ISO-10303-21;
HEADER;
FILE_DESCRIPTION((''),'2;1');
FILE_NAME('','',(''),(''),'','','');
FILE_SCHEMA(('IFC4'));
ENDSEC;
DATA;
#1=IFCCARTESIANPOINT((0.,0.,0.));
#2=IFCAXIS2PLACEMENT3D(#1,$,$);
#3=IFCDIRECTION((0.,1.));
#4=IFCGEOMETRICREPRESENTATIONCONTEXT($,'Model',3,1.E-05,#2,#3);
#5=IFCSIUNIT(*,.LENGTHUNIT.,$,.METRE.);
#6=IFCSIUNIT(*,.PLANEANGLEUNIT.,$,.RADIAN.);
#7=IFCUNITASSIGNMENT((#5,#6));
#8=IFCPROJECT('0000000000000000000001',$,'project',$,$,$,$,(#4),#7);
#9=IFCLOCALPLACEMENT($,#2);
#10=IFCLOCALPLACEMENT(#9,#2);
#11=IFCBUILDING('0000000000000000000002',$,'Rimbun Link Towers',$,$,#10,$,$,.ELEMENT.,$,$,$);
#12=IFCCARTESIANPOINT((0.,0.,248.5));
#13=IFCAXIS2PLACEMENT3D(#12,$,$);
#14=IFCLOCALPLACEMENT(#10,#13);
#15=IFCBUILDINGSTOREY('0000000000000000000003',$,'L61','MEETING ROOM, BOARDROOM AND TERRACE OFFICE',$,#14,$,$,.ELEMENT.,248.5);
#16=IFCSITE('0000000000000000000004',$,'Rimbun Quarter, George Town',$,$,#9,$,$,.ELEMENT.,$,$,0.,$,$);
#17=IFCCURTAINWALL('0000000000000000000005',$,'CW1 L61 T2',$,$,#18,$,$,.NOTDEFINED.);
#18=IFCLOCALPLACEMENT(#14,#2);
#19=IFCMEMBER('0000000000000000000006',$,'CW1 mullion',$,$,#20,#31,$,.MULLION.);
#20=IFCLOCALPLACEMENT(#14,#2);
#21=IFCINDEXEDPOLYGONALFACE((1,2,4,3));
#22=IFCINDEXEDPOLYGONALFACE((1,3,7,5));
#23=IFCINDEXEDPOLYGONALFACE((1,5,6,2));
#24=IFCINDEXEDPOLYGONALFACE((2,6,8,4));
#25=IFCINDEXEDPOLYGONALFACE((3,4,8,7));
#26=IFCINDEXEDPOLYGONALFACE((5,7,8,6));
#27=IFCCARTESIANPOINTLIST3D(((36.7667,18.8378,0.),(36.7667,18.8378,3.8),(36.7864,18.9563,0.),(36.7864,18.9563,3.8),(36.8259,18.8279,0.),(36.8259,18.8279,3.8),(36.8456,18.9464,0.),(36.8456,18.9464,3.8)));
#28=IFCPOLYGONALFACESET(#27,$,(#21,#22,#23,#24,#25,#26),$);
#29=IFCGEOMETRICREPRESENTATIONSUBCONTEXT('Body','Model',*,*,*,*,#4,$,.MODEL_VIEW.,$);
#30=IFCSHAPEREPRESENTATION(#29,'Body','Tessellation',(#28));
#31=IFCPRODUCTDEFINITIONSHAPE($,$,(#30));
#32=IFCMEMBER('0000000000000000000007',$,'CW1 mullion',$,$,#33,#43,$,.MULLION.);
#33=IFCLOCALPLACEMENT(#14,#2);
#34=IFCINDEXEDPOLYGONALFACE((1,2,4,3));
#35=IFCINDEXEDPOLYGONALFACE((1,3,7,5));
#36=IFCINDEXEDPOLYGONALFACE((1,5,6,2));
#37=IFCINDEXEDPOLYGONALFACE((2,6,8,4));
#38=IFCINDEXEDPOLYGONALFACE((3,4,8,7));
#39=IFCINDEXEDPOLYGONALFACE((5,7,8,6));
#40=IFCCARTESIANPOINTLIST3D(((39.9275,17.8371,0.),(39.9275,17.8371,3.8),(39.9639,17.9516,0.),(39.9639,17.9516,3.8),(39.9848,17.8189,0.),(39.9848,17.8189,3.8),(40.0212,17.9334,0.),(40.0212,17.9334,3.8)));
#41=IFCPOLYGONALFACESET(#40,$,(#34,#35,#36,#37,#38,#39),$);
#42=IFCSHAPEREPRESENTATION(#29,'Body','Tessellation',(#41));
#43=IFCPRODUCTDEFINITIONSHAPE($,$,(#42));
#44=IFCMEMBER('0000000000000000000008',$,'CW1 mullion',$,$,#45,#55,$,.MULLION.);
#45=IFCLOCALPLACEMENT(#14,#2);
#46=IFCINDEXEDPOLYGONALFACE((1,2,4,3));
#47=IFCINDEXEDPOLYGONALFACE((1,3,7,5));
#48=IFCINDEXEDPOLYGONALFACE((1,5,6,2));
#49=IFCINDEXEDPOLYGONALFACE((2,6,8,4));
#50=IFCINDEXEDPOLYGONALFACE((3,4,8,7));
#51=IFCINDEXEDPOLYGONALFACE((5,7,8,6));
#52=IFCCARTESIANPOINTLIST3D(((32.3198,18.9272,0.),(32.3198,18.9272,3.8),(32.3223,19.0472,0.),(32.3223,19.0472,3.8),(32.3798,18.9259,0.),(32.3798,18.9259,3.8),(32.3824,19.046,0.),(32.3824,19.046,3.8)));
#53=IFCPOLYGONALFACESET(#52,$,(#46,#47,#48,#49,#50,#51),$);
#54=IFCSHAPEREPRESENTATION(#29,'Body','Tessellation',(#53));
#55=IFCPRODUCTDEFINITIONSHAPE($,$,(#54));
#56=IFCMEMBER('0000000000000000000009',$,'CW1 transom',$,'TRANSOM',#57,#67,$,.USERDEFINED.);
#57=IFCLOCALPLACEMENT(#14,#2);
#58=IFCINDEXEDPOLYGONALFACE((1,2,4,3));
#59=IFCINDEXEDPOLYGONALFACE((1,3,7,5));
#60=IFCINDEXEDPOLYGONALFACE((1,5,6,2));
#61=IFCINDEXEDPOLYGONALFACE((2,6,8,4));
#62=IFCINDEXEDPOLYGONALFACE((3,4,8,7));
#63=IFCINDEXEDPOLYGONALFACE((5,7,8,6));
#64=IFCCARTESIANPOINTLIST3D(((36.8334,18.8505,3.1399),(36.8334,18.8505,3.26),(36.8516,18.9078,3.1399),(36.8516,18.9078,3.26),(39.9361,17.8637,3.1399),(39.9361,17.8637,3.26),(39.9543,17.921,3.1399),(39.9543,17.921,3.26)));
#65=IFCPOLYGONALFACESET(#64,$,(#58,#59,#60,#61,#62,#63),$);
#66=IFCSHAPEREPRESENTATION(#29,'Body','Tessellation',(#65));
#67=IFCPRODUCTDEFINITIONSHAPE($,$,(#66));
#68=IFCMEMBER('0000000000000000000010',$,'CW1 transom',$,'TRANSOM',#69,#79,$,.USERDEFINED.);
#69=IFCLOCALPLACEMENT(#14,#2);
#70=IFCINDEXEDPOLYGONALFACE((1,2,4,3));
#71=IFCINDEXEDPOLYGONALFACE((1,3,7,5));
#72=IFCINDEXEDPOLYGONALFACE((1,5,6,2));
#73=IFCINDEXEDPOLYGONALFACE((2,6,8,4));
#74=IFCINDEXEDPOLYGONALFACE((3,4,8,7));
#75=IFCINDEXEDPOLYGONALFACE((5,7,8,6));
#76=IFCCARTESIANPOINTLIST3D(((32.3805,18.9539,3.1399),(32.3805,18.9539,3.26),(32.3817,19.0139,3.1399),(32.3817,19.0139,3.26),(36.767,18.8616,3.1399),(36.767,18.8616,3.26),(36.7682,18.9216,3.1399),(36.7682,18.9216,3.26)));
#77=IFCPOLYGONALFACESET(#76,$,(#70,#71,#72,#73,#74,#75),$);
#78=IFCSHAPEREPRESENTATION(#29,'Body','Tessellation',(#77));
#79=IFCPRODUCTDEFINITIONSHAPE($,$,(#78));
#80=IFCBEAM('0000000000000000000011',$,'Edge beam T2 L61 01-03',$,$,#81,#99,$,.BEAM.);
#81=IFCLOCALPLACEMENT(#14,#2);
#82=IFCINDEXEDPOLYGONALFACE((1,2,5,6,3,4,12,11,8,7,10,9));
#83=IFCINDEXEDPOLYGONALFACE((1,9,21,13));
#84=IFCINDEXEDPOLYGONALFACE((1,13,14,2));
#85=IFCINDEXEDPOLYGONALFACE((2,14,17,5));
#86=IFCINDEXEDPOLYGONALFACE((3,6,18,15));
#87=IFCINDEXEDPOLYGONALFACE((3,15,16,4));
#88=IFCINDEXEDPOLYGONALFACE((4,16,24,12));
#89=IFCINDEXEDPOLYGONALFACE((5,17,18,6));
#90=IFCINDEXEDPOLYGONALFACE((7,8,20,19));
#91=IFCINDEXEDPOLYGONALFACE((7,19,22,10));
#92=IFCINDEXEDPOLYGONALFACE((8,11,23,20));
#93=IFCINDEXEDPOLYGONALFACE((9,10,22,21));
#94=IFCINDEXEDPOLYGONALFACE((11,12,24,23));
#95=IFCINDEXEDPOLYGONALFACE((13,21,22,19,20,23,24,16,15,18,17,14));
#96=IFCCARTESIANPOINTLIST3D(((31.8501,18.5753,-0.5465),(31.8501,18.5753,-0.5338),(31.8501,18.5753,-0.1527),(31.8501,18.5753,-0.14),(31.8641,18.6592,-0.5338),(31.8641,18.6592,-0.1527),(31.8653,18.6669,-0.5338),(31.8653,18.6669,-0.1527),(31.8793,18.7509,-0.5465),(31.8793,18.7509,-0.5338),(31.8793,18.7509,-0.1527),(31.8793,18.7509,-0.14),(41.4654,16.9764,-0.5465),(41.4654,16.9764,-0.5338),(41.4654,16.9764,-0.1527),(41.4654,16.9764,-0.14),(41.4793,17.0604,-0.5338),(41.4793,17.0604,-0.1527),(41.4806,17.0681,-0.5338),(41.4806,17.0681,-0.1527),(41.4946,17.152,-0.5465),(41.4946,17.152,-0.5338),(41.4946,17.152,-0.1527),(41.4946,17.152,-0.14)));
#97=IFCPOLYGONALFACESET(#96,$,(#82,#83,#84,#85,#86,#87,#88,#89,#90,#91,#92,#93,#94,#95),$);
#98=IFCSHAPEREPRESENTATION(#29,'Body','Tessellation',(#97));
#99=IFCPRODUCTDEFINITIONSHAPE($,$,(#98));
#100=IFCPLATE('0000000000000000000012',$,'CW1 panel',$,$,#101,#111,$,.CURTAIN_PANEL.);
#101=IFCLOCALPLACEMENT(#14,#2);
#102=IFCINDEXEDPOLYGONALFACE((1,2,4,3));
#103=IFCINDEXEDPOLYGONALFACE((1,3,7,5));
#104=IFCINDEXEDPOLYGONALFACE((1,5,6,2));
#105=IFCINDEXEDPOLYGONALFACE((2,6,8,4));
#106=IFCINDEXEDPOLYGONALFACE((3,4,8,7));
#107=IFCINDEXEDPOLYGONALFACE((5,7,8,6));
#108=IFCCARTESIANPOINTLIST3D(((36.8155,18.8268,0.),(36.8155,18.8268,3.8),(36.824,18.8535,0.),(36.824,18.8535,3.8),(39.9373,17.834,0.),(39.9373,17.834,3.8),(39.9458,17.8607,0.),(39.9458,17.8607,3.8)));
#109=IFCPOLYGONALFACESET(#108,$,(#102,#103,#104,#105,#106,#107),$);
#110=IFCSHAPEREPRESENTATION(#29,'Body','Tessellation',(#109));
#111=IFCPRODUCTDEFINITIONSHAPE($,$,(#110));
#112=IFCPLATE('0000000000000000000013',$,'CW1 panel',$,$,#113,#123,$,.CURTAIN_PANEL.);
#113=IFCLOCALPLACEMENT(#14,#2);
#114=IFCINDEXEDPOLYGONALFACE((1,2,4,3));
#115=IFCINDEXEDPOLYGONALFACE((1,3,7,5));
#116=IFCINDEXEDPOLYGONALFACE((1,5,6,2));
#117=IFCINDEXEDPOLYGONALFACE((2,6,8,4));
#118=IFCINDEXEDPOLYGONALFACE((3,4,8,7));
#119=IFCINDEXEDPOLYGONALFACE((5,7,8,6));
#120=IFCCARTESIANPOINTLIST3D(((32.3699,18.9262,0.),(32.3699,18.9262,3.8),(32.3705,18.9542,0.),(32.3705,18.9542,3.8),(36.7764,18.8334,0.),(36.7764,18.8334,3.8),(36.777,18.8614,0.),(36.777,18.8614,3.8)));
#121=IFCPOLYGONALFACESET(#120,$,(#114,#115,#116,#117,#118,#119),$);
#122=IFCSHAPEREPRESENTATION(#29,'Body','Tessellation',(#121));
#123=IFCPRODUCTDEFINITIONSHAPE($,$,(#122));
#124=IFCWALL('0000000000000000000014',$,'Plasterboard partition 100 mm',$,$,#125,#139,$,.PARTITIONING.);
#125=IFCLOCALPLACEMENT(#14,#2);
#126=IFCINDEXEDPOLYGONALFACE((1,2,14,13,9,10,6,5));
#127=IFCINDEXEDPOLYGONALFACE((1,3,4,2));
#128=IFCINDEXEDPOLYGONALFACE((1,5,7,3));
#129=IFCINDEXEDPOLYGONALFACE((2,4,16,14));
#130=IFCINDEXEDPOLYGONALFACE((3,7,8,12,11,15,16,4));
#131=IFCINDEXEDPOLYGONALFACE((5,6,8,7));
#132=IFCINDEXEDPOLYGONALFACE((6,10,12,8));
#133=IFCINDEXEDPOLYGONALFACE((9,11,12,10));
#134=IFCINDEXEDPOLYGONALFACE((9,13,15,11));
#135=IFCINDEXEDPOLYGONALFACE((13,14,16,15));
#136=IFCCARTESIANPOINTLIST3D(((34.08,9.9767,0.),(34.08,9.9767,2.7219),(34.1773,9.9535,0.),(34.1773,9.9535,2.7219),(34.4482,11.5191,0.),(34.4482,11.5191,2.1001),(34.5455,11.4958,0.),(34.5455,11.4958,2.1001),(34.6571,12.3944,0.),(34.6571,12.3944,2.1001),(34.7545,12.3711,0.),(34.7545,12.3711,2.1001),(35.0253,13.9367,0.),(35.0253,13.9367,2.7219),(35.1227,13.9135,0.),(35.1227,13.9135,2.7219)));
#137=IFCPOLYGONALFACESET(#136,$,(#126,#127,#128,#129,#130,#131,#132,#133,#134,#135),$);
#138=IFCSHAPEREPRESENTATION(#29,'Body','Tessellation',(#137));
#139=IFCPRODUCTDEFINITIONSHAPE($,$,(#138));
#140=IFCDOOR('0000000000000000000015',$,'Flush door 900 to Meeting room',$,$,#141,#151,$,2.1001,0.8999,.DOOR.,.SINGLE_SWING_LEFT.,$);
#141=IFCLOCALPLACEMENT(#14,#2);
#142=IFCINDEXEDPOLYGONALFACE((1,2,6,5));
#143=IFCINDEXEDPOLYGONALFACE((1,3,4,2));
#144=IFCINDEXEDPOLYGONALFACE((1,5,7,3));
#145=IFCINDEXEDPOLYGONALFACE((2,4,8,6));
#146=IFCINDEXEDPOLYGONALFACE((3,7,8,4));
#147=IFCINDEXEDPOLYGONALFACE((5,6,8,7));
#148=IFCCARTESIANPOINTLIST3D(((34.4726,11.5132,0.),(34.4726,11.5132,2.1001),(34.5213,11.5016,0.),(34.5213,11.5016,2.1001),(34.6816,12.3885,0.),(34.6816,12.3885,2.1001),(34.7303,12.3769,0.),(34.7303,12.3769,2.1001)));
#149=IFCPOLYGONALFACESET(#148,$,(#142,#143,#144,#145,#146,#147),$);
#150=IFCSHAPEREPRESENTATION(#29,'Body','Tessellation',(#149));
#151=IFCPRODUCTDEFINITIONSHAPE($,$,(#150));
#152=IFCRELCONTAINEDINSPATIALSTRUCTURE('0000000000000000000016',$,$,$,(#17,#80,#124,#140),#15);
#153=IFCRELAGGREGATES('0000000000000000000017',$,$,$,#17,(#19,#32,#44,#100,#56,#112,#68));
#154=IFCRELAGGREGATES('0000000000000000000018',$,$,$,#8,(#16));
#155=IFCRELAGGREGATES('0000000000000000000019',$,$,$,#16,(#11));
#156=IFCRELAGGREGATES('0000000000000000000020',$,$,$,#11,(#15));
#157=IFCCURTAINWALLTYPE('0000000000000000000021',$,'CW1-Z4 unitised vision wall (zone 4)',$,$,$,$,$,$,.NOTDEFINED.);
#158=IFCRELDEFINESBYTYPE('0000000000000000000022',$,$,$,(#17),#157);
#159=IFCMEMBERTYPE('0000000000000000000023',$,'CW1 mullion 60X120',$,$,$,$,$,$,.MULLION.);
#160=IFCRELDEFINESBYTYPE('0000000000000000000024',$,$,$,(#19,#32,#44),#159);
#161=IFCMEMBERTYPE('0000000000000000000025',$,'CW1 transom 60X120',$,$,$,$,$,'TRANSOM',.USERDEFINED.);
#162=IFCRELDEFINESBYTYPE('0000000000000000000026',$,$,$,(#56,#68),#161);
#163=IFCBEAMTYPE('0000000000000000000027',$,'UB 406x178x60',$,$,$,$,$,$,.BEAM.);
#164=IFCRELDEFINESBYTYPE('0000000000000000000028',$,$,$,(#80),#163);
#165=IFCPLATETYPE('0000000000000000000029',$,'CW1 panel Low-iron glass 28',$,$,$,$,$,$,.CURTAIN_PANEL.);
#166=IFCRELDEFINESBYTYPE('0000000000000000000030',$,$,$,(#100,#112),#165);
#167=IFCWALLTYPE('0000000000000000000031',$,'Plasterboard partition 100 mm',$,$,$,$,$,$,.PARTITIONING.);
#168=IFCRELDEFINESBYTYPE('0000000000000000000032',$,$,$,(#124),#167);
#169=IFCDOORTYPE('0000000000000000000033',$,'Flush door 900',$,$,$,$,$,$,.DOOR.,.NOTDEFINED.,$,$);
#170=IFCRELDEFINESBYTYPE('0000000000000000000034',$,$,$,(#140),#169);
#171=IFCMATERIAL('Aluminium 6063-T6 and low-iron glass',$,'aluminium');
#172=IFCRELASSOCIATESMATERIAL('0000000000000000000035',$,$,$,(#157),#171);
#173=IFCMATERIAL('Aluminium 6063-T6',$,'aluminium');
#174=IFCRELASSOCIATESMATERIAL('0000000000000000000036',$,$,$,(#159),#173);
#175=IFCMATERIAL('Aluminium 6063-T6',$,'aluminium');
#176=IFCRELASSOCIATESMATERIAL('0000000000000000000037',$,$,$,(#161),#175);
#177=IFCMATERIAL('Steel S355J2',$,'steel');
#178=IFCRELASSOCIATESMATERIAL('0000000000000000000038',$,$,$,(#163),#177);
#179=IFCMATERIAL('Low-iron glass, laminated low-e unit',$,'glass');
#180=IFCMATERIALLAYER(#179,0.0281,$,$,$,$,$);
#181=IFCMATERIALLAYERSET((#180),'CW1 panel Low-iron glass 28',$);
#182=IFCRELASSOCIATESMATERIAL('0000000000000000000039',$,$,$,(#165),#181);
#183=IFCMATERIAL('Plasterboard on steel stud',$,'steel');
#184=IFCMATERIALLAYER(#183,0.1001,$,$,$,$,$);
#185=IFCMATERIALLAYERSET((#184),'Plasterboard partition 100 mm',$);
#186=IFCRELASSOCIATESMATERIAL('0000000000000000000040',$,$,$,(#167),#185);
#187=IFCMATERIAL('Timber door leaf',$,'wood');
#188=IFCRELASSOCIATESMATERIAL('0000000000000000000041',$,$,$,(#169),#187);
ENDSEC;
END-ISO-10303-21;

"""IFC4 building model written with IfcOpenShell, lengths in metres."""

from ifc_helpers import new_model, si_unit, direction, frame, frame_2d, origin, origin_2d, place, context, subcontext, project, spatial, rectangle, i_section, extrude, material, layer, layer_set, material_profile, profile_set, type_object, element, fill, aggregate, save


model = new_model("IFC4")

# Units and contexts
model_context = context("Model", 3, precision=1e-05, world=origin(), true_north=direction((0.0, 1.0)))
body_context = subcontext(model_context, "Body", "Model", "MODEL_VIEW")
ifc_project = project(units=[si_unit("LENGTHUNIT", "METRE"), si_unit("PLANEANGLEUNIT", "RADIAN")], contexts=[model_context])

# Site, building, storey
site_placement = place(None, origin())
site = spatial("IfcSite", under=ifc_project, at=site_placement, Name="Rimbun Quarter, George Town", CompositionType="ELEMENT", RefElevation=0.0)
building_placement = place(site_placement, origin())
building = spatial("IfcBuilding", under=site, at=building_placement, Name="Rimbun Link Towers", CompositionType="ELEMENT")
storey_placement = place(building_placement, frame((0.0, 0.0, 248.5)))
storey = spatial("IfcBuildingStorey", under=building, at=storey_placement, Name="L61", Description="MEETING ROOM, BOARDROOM AND TERRACE OFFICE", CompositionType="ELEMENT", Elevation=248.5)

# Curtain wall, members
ifc_material_1 = material(Name="Aluminium 6063-T6 and low-iron glass", Category="aluminium")
curtain_wall_type = type_object("IfcCurtainWallType", Name="CW1-Z4 unitised vision wall (zone 4)", PredefinedType="NOTDEFINED", material=ifc_material_1)
curtain_wall_placement = place(storey_placement, origin())
curtain_wall = element("IfcCurtainWall", 1, at=curtain_wall_placement, inside=storey, type_object=curtain_wall_type, Name="CW1 L61 T2", PredefinedType="NOTDEFINED")
ifc_material_2 = material(Name="Aluminium 6063-T6", Category="aluminium")
ifc_material_profile_1 = material_profile(ifc_material_2, rectangle(XDim=0.1201, YDim=0.0601, at=origin_2d()), Name="MULLION 60X120")
ifc_profile_set_1 = profile_set([ifc_material_profile_1], Name="Aluminium 6063-T6")
member_type_1 = type_object("IfcMemberType", Name="CW1 mullion 60X120", PredefinedType="MULLION", material=ifc_profile_set_1)
member_1_placement = place(storey_placement, frame((36.8062, 18.8921, 0.0), z_axis=(0.0, 0.0, 1.0), x_axis=(0.163742, 0.986503, 0.0)))
member_1 = element("IfcMember", 2, at=member_1_placement, type_object=member_type_1, Name="CW1 mullion", PredefinedType="MULLION", context=body_context, shape_type="SweptSolid", body=[
    extrude(rectangle(XDim=0.1201, YDim=0.0601, at=origin_2d()), origin(), (0.0, 0.0, 1.0), 3.8),
])
member_2_placement = place(storey_placement, frame((39.9744, 17.8853, 0.0), z_axis=(0.0, 0.0, 1.0), x_axis=(0.303061, 0.952971, 0.0)))
member_2 = element("IfcMember", 3, at=member_2_placement, type_object=member_type_1, Name="CW1 mullion", PredefinedType="MULLION", context=body_context, shape_type="SweptSolid", body=[
    extrude(rectangle(XDim=0.1201, YDim=0.0601, at=origin_2d()), origin(), (0.0, 0.0, 1.0), 3.8),
])
member_3_placement = place(storey_placement, frame((32.3511, 18.9866, 0.0), z_axis=(0.0, 0.0, 1.0), x_axis=(0.02106, 0.999778, 0.0)))
member_3 = element("IfcMember", 4, at=member_3_placement, type_object=member_type_1, Name="CW1 mullion", PredefinedType="MULLION", context=body_context, shape_type="SweptSolid", body=[
    extrude(rectangle(XDim=0.1201, YDim=0.0601, at=origin_2d()), origin(), (0.0, 0.0, 1.0), 3.8),
])
ifc_material_3 = material(Name="Aluminium 6063-T6", Category="aluminium")
ifc_material_profile_2 = material_profile(ifc_material_3, rectangle(XDim=0.0601, YDim=0.1201, at=origin_2d()), Name="TRANSOM 60X120")
ifc_profile_set_2 = profile_set([ifc_material_profile_2], Name="Aluminium 6063-T6")
member_type_2 = type_object("IfcMemberType", Name="CW1 transom 60X120", ElementType="TRANSOM", PredefinedType="USERDEFINED", material=ifc_profile_set_2)
member_4_placement = place(storey_placement, frame((36.8425, 18.8792, 3.2), z_axis=(0.952964, -0.303083, 0.0), x_axis=(0.303083, 0.952964, 0.0)))
member_4 = element("IfcMember", 5, at=member_4_placement, type_object=member_type_2, Name="CW1 transom", ObjectType="TRANSOM", PredefinedType="USERDEFINED", context=body_context, shape_type="SweptSolid", body=[
    extrude(rectangle(XDim=0.0601, YDim=0.1201, at=origin_2d()), origin(), (0.0, 0.0, 1.0), 3.2559),
])
member_5_placement = place(storey_placement, frame((32.3811, 18.9839, 3.2), z_axis=(0.999779, -0.021034, 0.0), x_axis=(0.021034, 0.999779, 0.0)))
member_5 = element("IfcMember", 6, at=member_5_placement, type_object=member_type_2, Name="CW1 transom", ObjectType="TRANSOM", PredefinedType="USERDEFINED", context=body_context, shape_type="SweptSolid", body=[
    extrude(rectangle(XDim=0.0601, YDim=0.1201, at=origin_2d()), origin(), (0.0, 0.0, 1.0), 4.3875),
])

# Beam
ifc_material_4 = material(Name="Steel S355J2", Category="steel")
ifc_material_profile_3 = material_profile(ifc_material_4, i_section(OverallWidth=0.178, OverallDepth=0.4065, WebThickness=0.0078, FlangeThickness=0.0127, at=origin_2d()), Name="UB 406x178x60")
ifc_profile_set_3 = profile_set([ifc_material_profile_3], Name="Steel S355J2")
beam_type = type_object("IfcBeamType", Name="UB 406x178x60", PredefinedType="BEAM", material=ifc_profile_set_3)
beam_placement = place(storey_placement, frame((41.48, 17.0642, -0.3433), z_axis=(-0.986455, 0.164033, 0.0), x_axis=(-0.164033, -0.986455, 0.0)))
element("IfcBeam", 7, at=beam_placement, inside=storey, type_object=beam_type, Name="Edge beam T2 L61 01-03", PredefinedType="BEAM", context=body_context, shape_type="SweptSolid", body=[
    extrude(i_section(OverallWidth=0.178, OverallDepth=0.4065, WebThickness=0.0078, FlangeThickness=0.0127, at=origin_2d()), origin(), (0.0, 0.0, 1.0), 9.7473),
])

# Plates
ifc_material_5 = material(Name="Low-iron glass, laminated low-e unit", Category="glass")
ifc_layer_1 = layer(ifc_material_5, 0.0281)
ifc_layer_set_1 = layer_set([ifc_layer_1], Name="CW1 panel Low-iron glass 28")
plate_type = type_object("IfcPlateType", Name="CW1 panel Low-iron glass 28", PredefinedType="CURTAIN_PANEL", material=ifc_layer_set_1)
plate_1_placement = place(storey_placement, frame((38.3806, 18.3438, 0.0), z_axis=(0.0, 0.0, 1.0), x_axis=(0.952971, -0.303061, 0.0)))
plate_1 = element("IfcPlate", 8, at=plate_1_placement, type_object=plate_type, Name="CW1 panel", PredefinedType="CURTAIN_PANEL", context=body_context, shape_type="SweptSolid", body=[
    extrude(rectangle(XDim=3.2759, YDim=0.0281, at=origin_2d()), origin(), (0.0, 0.0, 1.0), 3.8),
])
plate_2_placement = place(storey_placement, frame((34.5735, 18.8938, 0.0), z_axis=(0.0, 0.0, 1.0), x_axis=(0.999778, -0.02106, 0.0)))
plate_2 = element("IfcPlate", 9, at=plate_2_placement, type_object=plate_type, Name="CW1 panel", PredefinedType="CURTAIN_PANEL", context=body_context, shape_type="SweptSolid", body=[
    extrude(rectangle(XDim=4.4075, YDim=0.0281, at=origin_2d()), origin(), (0.0, 0.0, 1.0), 3.8),
])
aggregate(curtain_wall, [member_1, member_2, member_3, plate_1, member_4, plate_2, member_5])

# Wall, opening, door
ifc_material_6 = material(Name="Plasterboard on steel stud", Category="steel")
ifc_layer_2 = layer(ifc_material_6, 0.1001)
ifc_layer_set_2 = layer_set([ifc_layer_2], Name="Plasterboard partition 100 mm")
wall_type = type_object("IfcWallType", Name="Plasterboard partition 100 mm", PredefinedType="PARTITIONING", material=ifc_layer_set_2)
wall_1_placement = place(storey_placement, frame((34.1287, 9.9651, 0.0), z_axis=(0.0, 0.0, 1.0), x_axis=(0.232193, 0.97267, 0.0)))
wall_1 = element("IfcWall", 10, at=wall_1_placement, inside=storey, type_object=wall_type, Name="Plasterboard partition 100 mm", PredefinedType="PARTITIONING", context=body_context, shape_type="SweptSolid", body=[
    extrude(rectangle(XDim=4.0713, YDim=0.1001, at=frame_2d((2.0356, 0.0))), origin(), (0.0, 0.0, 1.0), 2.7219),
])
opening_1_placement = place(wall_1_placement, frame((1.5857, 0.0, 0.0)))
opening_1 = element("IfcOpeningElement", 11, at=opening_1_placement, cuts=wall_1, PredefinedType="OPENING", context=body_context, shape_type="SweptSolid", body=[
    extrude(rectangle(XDim=0.8999, YDim=2.1001, at=frame_2d((0.45, 1.05))), frame((0.0, 0.0601, 0.0), z_axis=(0.0, -1.0, 0.0), x_axis=(1.0, 0.0, 0.0)), (0.0, 0.0, 1.0), 0.1201),
])
ifc_material_7 = material(Name="Timber door leaf", Category="wood")
door_type_1 = type_object("IfcDoorType", Name="Flush door 900", OperationType="NOTDEFINED", PredefinedType="DOOR", material=ifc_material_7)
door_1_placement = place(opening_1_placement, origin())
door_1 = element("IfcDoor", 12, at=door_1_placement, inside=storey, type_object=door_type_1, Name="Flush door 900 to Meeting room", OperationType="SINGLE_SWING_LEFT", OverallHeight=2.1001, OverallWidth=0.8999, PredefinedType="DOOR", context=body_context, shape_type="SweptSolid", body=[
    extrude(rectangle(XDim=0.8999, YDim=2.1001, at=frame_2d((0.45, 1.05))), frame((0.0, 0.0249, 0.0), z_axis=(0.0, -1.0, 0.0), x_axis=(1.0, 0.0, 0.0)), (0.0, 0.0, 1.0), 0.05),
])
fill(opening_1, door_1)

save(model, "model.ifc")
